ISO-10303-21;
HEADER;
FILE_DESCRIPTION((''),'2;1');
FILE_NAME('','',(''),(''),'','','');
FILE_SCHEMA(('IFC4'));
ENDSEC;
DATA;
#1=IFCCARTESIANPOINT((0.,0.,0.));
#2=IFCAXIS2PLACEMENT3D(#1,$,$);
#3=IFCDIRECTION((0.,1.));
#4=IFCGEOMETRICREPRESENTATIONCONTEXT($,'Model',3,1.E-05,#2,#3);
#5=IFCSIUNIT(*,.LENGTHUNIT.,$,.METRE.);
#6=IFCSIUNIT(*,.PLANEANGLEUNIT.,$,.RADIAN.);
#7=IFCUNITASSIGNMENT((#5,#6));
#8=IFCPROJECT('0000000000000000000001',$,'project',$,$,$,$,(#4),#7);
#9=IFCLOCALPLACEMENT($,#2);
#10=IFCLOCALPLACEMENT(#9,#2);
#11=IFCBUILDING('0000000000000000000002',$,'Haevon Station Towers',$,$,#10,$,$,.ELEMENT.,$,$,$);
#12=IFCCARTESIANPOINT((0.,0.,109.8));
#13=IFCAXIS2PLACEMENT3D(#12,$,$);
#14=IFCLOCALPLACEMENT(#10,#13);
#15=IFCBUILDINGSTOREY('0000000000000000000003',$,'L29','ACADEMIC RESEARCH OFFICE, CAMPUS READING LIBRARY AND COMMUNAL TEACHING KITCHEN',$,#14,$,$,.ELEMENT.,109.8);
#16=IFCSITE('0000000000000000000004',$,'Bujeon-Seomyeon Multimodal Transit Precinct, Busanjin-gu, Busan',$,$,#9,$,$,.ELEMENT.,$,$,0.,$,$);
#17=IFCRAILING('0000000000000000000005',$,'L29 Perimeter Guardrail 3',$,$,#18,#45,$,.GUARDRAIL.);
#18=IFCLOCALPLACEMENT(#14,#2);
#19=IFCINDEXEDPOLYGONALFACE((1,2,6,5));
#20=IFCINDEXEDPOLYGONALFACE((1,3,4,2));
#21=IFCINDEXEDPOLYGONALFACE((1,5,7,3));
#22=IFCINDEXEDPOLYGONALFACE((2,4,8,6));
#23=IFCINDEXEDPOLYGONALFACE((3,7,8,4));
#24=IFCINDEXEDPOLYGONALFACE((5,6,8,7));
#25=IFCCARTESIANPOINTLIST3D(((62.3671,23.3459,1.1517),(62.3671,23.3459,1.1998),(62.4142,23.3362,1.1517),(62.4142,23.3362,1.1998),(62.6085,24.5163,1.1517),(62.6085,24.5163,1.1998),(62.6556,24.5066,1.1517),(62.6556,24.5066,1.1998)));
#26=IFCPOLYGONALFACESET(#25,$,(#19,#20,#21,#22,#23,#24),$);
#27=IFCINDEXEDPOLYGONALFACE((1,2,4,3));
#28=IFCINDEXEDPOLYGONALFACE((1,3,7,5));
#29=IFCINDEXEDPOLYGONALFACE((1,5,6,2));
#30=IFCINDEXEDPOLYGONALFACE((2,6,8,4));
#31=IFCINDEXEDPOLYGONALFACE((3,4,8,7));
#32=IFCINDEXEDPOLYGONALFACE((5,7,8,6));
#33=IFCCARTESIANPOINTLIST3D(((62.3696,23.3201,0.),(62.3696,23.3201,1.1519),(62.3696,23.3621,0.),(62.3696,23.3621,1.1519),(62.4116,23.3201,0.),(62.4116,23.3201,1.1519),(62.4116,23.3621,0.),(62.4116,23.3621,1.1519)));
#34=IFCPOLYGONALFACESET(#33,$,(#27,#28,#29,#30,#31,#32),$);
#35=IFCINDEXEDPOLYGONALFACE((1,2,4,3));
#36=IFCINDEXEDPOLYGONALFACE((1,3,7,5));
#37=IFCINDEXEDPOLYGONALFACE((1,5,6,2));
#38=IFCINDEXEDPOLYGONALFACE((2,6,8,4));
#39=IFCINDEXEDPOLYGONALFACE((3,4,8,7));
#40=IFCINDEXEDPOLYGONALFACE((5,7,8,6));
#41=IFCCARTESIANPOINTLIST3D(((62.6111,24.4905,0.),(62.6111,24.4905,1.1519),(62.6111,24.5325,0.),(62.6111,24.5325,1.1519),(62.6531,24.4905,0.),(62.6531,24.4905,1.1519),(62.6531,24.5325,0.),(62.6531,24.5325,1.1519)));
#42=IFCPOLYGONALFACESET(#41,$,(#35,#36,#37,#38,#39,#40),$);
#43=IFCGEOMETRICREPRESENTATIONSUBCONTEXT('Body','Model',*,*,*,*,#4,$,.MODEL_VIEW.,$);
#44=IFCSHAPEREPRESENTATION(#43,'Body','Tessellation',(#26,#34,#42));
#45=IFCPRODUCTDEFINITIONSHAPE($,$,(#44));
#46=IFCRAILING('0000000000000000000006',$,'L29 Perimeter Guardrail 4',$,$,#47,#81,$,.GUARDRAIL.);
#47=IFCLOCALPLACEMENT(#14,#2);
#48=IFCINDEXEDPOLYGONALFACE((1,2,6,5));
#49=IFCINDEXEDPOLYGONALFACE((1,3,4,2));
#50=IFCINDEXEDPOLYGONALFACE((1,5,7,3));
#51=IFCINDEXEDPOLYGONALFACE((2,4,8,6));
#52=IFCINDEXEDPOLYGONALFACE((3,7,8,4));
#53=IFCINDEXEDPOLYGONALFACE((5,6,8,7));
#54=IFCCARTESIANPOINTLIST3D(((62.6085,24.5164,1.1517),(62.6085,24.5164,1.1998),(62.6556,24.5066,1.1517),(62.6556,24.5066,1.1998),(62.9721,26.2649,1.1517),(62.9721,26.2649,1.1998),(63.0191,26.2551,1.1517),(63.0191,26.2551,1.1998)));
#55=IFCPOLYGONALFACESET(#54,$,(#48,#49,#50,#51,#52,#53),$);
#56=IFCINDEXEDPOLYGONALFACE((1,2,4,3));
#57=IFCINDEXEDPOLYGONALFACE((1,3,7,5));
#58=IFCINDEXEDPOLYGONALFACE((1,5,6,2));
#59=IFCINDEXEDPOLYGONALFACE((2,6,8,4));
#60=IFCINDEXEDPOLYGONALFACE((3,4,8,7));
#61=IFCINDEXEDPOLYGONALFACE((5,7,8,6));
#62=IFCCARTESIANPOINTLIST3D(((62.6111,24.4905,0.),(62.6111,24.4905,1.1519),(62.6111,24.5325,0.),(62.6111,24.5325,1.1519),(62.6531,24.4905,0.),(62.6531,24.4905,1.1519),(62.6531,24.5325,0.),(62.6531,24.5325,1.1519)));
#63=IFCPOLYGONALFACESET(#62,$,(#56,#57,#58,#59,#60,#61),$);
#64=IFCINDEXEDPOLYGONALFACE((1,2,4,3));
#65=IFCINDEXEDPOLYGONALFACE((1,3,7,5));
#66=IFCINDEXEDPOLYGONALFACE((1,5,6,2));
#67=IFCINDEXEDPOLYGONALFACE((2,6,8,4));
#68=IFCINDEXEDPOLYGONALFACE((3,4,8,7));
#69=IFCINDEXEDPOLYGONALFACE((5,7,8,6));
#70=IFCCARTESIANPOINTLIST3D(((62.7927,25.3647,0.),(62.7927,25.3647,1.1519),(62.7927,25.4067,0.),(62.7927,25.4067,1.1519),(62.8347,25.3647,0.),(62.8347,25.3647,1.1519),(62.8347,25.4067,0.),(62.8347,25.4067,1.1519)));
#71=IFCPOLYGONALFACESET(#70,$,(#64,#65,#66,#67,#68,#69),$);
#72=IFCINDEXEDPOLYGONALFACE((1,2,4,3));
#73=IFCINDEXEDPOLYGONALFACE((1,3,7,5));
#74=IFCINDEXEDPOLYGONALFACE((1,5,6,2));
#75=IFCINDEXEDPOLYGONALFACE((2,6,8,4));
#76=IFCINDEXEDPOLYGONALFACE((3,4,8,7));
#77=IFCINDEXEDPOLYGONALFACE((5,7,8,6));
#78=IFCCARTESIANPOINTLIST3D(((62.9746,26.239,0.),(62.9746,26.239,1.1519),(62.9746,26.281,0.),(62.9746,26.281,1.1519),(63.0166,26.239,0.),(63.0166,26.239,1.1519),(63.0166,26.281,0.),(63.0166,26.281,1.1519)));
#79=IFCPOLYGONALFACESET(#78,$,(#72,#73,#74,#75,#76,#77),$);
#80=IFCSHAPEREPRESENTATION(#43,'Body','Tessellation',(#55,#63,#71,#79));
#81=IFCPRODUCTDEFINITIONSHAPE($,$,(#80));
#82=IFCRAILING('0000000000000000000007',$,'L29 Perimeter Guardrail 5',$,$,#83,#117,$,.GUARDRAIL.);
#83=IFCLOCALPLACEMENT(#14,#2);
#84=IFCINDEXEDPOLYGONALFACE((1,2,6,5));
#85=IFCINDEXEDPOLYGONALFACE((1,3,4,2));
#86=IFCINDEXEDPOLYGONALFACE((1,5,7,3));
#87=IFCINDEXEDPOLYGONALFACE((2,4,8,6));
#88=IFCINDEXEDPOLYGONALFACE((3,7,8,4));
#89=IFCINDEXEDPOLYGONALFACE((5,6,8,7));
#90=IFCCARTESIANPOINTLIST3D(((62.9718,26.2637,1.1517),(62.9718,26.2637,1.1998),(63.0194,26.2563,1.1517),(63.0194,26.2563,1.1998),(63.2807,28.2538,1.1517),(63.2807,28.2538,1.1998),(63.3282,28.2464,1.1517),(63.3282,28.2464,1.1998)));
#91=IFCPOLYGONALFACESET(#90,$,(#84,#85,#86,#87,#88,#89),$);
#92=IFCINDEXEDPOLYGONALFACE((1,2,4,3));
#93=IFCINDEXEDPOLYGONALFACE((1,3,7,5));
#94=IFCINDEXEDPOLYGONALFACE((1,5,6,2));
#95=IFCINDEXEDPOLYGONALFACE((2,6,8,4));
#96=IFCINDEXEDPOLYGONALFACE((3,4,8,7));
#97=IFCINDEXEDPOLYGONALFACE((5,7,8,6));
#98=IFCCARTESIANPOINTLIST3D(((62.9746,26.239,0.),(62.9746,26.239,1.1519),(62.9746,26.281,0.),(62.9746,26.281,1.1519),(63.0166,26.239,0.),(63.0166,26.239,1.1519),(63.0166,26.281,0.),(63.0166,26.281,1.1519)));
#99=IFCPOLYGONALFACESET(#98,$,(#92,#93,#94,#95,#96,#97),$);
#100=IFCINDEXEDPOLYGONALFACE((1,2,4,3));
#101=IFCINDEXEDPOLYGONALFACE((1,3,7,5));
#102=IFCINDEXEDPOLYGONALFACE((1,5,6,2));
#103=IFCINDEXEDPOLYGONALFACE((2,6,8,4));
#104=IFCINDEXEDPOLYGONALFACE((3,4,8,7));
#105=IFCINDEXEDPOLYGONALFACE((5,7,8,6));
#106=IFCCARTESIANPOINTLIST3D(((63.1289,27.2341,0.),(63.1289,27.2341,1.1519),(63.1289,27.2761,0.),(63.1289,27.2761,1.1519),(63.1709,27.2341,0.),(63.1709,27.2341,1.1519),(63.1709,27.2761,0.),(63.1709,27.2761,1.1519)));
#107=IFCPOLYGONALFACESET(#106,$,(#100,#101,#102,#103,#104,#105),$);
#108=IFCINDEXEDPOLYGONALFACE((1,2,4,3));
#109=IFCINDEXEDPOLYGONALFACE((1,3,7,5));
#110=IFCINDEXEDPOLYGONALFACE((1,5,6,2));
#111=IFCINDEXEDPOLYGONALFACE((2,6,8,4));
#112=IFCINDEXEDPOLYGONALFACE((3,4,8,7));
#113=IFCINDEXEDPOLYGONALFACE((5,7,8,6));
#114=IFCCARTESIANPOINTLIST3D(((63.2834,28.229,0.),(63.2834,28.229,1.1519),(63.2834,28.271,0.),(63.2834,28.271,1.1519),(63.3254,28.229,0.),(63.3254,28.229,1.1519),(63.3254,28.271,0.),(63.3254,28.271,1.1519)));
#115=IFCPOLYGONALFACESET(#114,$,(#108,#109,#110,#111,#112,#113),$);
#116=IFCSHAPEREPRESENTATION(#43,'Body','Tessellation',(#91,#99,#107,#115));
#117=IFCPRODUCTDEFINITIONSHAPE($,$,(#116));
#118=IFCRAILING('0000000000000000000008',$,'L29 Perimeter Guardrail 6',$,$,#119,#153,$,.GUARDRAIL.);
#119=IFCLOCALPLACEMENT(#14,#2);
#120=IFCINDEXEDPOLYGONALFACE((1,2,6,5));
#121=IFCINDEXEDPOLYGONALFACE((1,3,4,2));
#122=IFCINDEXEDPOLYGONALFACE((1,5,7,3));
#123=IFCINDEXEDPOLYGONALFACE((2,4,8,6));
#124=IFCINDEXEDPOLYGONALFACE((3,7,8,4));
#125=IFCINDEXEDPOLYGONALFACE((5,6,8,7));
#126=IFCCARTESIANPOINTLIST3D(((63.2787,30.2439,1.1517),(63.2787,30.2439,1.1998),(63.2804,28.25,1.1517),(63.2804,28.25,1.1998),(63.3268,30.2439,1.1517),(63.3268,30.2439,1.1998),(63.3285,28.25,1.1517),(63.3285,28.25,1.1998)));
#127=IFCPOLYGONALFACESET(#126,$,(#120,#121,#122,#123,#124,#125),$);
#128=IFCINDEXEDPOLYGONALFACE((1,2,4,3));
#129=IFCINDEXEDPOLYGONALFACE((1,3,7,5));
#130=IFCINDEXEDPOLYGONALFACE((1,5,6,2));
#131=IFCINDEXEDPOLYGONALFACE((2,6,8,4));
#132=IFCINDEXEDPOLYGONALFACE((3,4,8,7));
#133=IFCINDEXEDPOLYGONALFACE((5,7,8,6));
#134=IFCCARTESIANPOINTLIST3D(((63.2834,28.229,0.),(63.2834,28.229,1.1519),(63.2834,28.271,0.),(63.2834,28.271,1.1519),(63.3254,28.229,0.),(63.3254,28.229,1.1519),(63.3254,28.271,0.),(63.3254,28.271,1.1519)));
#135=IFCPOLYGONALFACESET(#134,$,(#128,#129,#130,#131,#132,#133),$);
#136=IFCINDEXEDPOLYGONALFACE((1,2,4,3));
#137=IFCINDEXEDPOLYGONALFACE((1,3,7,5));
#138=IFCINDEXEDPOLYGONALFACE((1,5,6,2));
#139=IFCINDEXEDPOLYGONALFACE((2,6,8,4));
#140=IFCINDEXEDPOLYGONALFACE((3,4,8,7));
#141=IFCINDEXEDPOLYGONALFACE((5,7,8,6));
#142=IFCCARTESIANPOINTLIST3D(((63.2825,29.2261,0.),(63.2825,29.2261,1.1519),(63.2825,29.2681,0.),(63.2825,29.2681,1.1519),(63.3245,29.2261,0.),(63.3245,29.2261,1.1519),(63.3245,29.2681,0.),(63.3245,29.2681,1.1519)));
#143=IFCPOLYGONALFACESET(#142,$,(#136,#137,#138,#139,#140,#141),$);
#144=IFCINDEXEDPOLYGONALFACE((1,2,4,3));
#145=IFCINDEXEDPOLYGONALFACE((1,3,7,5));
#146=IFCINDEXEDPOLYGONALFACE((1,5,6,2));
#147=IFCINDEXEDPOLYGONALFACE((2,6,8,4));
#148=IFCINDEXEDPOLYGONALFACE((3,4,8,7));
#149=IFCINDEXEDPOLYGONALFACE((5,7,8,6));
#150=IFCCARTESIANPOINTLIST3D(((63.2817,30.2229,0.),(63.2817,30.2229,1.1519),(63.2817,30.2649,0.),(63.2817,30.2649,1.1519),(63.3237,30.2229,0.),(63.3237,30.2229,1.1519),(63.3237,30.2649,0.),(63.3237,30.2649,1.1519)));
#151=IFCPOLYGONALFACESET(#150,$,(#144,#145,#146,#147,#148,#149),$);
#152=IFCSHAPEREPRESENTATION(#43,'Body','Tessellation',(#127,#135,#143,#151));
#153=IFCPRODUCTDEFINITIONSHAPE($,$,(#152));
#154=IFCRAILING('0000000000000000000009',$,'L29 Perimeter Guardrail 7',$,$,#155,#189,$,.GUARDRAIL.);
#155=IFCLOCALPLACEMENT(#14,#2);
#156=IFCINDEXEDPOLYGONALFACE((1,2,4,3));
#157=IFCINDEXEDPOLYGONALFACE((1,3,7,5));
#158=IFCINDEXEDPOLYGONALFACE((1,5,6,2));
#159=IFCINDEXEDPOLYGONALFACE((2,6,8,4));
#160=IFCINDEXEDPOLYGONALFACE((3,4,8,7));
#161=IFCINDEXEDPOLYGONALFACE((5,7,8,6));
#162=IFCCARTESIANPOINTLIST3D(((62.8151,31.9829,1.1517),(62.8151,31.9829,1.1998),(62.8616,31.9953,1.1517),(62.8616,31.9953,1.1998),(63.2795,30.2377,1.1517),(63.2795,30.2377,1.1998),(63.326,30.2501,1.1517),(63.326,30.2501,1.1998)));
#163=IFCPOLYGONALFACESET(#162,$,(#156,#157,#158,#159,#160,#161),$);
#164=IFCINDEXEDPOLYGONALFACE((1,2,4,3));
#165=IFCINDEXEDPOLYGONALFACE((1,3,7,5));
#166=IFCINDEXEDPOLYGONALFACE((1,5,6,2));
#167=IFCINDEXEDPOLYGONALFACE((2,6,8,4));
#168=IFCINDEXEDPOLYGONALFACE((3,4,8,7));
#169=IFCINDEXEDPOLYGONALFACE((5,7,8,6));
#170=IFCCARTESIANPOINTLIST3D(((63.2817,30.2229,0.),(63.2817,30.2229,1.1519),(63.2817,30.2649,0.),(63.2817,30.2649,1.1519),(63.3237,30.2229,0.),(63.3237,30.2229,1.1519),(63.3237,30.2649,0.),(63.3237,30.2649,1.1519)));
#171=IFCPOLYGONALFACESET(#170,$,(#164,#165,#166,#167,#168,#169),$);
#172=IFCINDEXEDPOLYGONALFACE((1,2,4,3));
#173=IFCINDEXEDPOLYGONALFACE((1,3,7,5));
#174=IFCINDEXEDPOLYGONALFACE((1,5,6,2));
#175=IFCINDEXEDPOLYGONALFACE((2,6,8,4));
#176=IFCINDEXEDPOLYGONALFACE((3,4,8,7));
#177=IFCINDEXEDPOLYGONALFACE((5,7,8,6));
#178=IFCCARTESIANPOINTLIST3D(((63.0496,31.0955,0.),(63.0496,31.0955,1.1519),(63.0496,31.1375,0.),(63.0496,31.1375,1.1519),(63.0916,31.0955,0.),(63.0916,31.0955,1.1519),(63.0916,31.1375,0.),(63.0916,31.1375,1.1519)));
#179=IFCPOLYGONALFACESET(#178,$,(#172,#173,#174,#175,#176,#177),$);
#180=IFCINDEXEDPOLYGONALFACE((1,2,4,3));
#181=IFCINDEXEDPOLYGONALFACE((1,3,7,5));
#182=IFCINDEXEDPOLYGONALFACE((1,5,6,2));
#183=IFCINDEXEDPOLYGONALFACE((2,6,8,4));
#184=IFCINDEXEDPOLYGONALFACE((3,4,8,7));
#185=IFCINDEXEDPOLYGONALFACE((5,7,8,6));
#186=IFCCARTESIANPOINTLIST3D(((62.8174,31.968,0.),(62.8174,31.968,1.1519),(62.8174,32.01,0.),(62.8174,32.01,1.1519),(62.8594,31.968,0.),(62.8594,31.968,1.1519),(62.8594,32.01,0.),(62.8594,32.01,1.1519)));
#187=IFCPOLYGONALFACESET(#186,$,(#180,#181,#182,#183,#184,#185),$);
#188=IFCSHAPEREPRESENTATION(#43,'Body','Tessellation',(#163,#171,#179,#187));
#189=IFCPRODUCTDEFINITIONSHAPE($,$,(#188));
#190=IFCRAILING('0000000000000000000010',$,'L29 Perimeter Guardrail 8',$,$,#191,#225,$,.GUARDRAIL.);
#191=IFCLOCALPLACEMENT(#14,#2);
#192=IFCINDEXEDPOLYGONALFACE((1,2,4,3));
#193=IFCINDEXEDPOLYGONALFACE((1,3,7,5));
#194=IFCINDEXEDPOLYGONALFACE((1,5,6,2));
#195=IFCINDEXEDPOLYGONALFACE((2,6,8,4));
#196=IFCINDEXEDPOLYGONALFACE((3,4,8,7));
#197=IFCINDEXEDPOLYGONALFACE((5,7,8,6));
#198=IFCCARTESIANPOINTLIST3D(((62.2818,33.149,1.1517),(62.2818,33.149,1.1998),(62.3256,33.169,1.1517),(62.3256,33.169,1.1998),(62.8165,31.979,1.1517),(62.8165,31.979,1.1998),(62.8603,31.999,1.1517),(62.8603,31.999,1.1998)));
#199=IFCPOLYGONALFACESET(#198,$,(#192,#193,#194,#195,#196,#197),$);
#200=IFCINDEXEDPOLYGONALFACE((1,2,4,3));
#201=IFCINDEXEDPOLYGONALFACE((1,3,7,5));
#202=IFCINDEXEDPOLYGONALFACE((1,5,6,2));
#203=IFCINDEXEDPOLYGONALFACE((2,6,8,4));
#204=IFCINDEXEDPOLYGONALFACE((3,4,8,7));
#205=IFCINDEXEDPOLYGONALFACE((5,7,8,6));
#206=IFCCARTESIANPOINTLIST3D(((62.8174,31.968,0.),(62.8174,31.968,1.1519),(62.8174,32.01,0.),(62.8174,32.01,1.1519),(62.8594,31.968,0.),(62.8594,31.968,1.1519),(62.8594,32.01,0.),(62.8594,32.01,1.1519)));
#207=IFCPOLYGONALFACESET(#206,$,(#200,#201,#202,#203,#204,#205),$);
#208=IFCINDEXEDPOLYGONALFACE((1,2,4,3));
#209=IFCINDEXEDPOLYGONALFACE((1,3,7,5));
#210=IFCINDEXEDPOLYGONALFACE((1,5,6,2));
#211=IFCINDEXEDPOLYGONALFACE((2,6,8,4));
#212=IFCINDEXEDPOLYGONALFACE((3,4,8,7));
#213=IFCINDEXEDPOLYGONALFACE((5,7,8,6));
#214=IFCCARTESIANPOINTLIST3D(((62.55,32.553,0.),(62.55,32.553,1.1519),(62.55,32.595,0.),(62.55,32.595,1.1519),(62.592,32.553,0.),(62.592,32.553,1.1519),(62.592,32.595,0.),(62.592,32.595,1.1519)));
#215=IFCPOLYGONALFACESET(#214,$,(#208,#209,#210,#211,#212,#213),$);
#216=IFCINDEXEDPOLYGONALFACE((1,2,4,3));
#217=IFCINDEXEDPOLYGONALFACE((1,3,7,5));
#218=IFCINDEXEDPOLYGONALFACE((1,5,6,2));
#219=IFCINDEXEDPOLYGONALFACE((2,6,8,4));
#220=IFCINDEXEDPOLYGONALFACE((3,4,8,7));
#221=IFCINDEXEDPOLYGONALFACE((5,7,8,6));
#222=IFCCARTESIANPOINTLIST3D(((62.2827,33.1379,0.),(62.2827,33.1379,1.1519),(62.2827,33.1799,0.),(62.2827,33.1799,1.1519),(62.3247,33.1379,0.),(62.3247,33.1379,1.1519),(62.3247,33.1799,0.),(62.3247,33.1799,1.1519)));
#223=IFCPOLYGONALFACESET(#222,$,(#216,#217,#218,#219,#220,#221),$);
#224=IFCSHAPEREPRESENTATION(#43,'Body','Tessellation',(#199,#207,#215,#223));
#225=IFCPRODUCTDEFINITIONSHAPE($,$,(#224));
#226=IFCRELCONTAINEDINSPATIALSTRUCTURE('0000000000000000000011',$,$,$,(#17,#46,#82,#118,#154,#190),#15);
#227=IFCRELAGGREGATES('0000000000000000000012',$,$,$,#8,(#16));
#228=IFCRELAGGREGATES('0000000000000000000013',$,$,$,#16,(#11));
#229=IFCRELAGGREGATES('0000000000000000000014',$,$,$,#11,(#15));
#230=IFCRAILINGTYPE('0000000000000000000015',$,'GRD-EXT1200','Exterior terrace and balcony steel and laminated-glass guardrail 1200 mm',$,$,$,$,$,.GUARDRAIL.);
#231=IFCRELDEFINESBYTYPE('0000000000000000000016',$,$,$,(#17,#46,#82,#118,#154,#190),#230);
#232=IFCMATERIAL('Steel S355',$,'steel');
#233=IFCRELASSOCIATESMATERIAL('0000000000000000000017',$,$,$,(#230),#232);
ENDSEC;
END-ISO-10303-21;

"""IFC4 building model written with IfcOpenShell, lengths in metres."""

from ifc_helpers import new_model, si_unit, direction, frame, origin, origin_2d, place, context, subcontext, project, spatial, rectangle, extrude, material, type_object, element, save


model = new_model("IFC4")

# Units and contexts
model_context = context("Model", 3, precision=1e-05, world=origin(), true_north=direction((0.0, 1.0)))
body_context = subcontext(model_context, "Body", "Model", "MODEL_VIEW")
ifc_project = project(units=[si_unit("LENGTHUNIT", "METRE"), si_unit("PLANEANGLEUNIT", "RADIAN")], contexts=[model_context])

# Site, building, storey
site_placement = place(None, origin())
site = spatial("IfcSite", under=ifc_project, at=site_placement, Name="Bujeon-Seomyeon Multimodal Transit Precinct, Busanjin-gu, Busan", CompositionType="ELEMENT", RefElevation=0.0)
building_placement = place(site_placement, origin())
building = spatial("IfcBuilding", under=site, at=building_placement, Name="Haevon Station Towers", CompositionType="ELEMENT")
storey_placement = place(building_placement, frame((0.0, 0.0, 109.8)))
storey = spatial("IfcBuildingStorey", under=building, at=storey_placement, Name="L29", Description="ACADEMIC RESEARCH OFFICE, CAMPUS READING LIBRARY AND COMMUNAL TEACHING KITCHEN", CompositionType="ELEMENT", Elevation=109.8)

# Railings
ifc_material_1 = material(Name="Steel S355", Category="steel")
railing_type = type_object("IfcRailingType", Name="GRD-EXT1200", Description="Exterior terrace and balcony steel and laminated-glass guardrail 1200 mm", PredefinedType="GUARDRAIL", material=ifc_material_1)
railing_1_placement = place(storey_placement, frame((62.3906, 23.3411, 0.0)))
element("IfcRailing", 1, at=railing_1_placement, inside=storey, type_object=railing_type, Name="L29 Perimeter Guardrail 3", PredefinedType="GUARDRAIL", context=body_context, shape_type="SweptSolid", body=[
    extrude(rectangle(XDim=0.0481, YDim=0.0481, at=origin_2d()), frame((0.0, 0.0, 1.1758), z_axis=(0.202045, 0.979376, 0.0), x_axis=(-0.979376, 0.202045, 0.0)), (0.0, 0.0, 1.0), 1.1951),
    extrude(rectangle(XDim=0.042, YDim=0.042, at=origin_2d()), origin(), (0.0, 0.0, 1.0), 1.1519),
    extrude(rectangle(XDim=0.042, YDim=0.042, at=origin_2d()), frame((0.2415, 1.1704, 0.0)), (0.0, 0.0, 1.0), 1.1519),
])
railing_2_placement = place(storey_placement, frame((62.6321, 24.5115, 0.0)))
element("IfcRailing", 2, at=railing_2_placement, inside=storey, type_object=railing_type, Name="L29 Perimeter Guardrail 4", PredefinedType="GUARDRAIL", context=body_context, shape_type="SweptSolid", body=[
    extrude(rectangle(XDim=0.0481, YDim=0.0481, at=origin_2d()), frame((0.0, 0.0, 1.1758), z_axis=(0.20355, 0.979064, 0.0), x_axis=(-0.979064, 0.20355, 0.0)), (0.0, 0.0, 1.0), 1.7859),
    extrude(rectangle(XDim=0.042, YDim=0.042, at=origin_2d()), origin(), (0.0, 0.0, 1.0), 1.1519),
    extrude(rectangle(XDim=0.042, YDim=0.042, at=origin_2d()), frame((0.1816, 0.8743, 0.0)), (0.0, 0.0, 1.0), 1.1519),
    extrude(rectangle(XDim=0.042, YDim=0.042, at=origin_2d()), frame((0.3635, 1.7485, 0.0)), (0.0, 0.0, 1.0), 1.1519),
])
railing_3_placement = place(storey_placement, frame((62.9956, 26.26, 0.0)))
element("IfcRailing", 3, at=railing_3_placement, inside=storey, type_object=railing_type, Name="L29 Perimeter Guardrail 5", PredefinedType="GUARDRAIL", context=body_context, shape_type="SweptSolid", body=[
    extrude(rectangle(XDim=0.0481, YDim=0.0481, at=origin_2d()), frame((0.0, 0.0, 1.1758), z_axis=(0.15336, 0.98817, 0.0), x_axis=(-0.98817, 0.15336, 0.0)), (0.0, 0.0, 1.0), 2.0139),
    extrude(rectangle(XDim=0.042, YDim=0.042, at=origin_2d()), origin(), (0.0, 0.0, 1.0), 1.1519),
    extrude(rectangle(XDim=0.042, YDim=0.042, at=origin_2d()), frame((0.1543, 0.9951, 0.0)), (0.0, 0.0, 1.0), 1.1519),
    extrude(rectangle(XDim=0.042, YDim=0.042, at=origin_2d()), frame((0.3088, 1.99, 0.0)), (0.0, 0.0, 1.0), 1.1519),
])
railing_4_placement = place(storey_placement, frame((63.3044, 28.25, 0.0)))
element("IfcRailing", 4, at=railing_4_placement, inside=storey, type_object=railing_type, Name="L29 Perimeter Guardrail 6", PredefinedType="GUARDRAIL", context=body_context, shape_type="SweptSolid", body=[
    extrude(rectangle(XDim=0.0481, YDim=0.0481, at=origin_2d()), frame((0.0, 0.0, 1.1758), z_axis=(-0.000857, 1.0, 0.0), x_axis=(-1.0, -0.000857, 0.0)), (0.0, 0.0, 1.0), 1.9939),
    extrude(rectangle(XDim=0.042, YDim=0.042, at=origin_2d()), origin(), (0.0, 0.0, 1.0), 1.1519),
    extrude(rectangle(XDim=0.042, YDim=0.042, at=origin_2d()), frame((-0.001, 0.9971, 0.0)), (0.0, 0.0, 1.0), 1.1519),
    extrude(rectangle(XDim=0.042, YDim=0.042, at=origin_2d()), frame((-0.0017, 1.9939, 0.0)), (0.0, 0.0, 1.0), 1.1519),
])
railing_5_placement = place(storey_placement, frame((63.3027, 30.2439, 0.0)))
element("IfcRailing", 5, at=railing_5_placement, inside=storey, type_object=railing_type, Name="L29 Perimeter Guardrail 7", PredefinedType="GUARDRAIL", context=body_context, shape_type="SweptSolid", body=[
    extrude(rectangle(XDim=0.0481, YDim=0.0481, at=origin_2d()), frame((0.0, 0.0, 1.1758), z_axis=(-0.257141, 0.966374, 0.0), x_axis=(-0.966374, -0.257141, 0.0)), (0.0, 0.0, 1.0), 1.8059),
    extrude(rectangle(XDim=0.042, YDim=0.042, at=origin_2d()), origin(), (0.0, 0.0, 1.0), 1.1519),
    extrude(rectangle(XDim=0.042, YDim=0.042, at=origin_2d()), frame((-0.2322, 0.8726, 0.0)), (0.0, 0.0, 1.0), 1.1519),
    extrude(rectangle(XDim=0.042, YDim=0.042, at=origin_2d()), frame((-0.4644, 1.7451, 0.0)), (0.0, 0.0, 1.0), 1.1519),
])
railing_6_placement = place(storey_placement, frame((62.8384, 31.989, 0.0)))
element("IfcRailing", 6, at=railing_6_placement, inside=storey, type_object=railing_type, Name="L29 Perimeter Guardrail 8", PredefinedType="GUARDRAIL", context=body_context, shape_type="SweptSolid", body=[
    extrude(rectangle(XDim=0.0481, YDim=0.0481, at=origin_2d()), frame((0.0, 0.0, 1.1758), z_axis=(-0.415661, 0.90952, 0.0), x_axis=(-0.90952, -0.415661, 0.0)), (0.0, 0.0, 1.0), 1.2864),
    extrude(rectangle(XDim=0.042, YDim=0.042, at=origin_2d()), origin(), (0.0, 0.0, 1.0), 1.1519),
    extrude(rectangle(XDim=0.042, YDim=0.042, at=origin_2d()), frame((-0.2673, 0.585, 0.0)), (0.0, 0.0, 1.0), 1.1519),
    extrude(rectangle(XDim=0.042, YDim=0.042, at=origin_2d()), frame((-0.5347, 1.1699, 0.0)), (0.0, 0.0, 1.0), 1.1519),
])

save(model, "model.ifc")
